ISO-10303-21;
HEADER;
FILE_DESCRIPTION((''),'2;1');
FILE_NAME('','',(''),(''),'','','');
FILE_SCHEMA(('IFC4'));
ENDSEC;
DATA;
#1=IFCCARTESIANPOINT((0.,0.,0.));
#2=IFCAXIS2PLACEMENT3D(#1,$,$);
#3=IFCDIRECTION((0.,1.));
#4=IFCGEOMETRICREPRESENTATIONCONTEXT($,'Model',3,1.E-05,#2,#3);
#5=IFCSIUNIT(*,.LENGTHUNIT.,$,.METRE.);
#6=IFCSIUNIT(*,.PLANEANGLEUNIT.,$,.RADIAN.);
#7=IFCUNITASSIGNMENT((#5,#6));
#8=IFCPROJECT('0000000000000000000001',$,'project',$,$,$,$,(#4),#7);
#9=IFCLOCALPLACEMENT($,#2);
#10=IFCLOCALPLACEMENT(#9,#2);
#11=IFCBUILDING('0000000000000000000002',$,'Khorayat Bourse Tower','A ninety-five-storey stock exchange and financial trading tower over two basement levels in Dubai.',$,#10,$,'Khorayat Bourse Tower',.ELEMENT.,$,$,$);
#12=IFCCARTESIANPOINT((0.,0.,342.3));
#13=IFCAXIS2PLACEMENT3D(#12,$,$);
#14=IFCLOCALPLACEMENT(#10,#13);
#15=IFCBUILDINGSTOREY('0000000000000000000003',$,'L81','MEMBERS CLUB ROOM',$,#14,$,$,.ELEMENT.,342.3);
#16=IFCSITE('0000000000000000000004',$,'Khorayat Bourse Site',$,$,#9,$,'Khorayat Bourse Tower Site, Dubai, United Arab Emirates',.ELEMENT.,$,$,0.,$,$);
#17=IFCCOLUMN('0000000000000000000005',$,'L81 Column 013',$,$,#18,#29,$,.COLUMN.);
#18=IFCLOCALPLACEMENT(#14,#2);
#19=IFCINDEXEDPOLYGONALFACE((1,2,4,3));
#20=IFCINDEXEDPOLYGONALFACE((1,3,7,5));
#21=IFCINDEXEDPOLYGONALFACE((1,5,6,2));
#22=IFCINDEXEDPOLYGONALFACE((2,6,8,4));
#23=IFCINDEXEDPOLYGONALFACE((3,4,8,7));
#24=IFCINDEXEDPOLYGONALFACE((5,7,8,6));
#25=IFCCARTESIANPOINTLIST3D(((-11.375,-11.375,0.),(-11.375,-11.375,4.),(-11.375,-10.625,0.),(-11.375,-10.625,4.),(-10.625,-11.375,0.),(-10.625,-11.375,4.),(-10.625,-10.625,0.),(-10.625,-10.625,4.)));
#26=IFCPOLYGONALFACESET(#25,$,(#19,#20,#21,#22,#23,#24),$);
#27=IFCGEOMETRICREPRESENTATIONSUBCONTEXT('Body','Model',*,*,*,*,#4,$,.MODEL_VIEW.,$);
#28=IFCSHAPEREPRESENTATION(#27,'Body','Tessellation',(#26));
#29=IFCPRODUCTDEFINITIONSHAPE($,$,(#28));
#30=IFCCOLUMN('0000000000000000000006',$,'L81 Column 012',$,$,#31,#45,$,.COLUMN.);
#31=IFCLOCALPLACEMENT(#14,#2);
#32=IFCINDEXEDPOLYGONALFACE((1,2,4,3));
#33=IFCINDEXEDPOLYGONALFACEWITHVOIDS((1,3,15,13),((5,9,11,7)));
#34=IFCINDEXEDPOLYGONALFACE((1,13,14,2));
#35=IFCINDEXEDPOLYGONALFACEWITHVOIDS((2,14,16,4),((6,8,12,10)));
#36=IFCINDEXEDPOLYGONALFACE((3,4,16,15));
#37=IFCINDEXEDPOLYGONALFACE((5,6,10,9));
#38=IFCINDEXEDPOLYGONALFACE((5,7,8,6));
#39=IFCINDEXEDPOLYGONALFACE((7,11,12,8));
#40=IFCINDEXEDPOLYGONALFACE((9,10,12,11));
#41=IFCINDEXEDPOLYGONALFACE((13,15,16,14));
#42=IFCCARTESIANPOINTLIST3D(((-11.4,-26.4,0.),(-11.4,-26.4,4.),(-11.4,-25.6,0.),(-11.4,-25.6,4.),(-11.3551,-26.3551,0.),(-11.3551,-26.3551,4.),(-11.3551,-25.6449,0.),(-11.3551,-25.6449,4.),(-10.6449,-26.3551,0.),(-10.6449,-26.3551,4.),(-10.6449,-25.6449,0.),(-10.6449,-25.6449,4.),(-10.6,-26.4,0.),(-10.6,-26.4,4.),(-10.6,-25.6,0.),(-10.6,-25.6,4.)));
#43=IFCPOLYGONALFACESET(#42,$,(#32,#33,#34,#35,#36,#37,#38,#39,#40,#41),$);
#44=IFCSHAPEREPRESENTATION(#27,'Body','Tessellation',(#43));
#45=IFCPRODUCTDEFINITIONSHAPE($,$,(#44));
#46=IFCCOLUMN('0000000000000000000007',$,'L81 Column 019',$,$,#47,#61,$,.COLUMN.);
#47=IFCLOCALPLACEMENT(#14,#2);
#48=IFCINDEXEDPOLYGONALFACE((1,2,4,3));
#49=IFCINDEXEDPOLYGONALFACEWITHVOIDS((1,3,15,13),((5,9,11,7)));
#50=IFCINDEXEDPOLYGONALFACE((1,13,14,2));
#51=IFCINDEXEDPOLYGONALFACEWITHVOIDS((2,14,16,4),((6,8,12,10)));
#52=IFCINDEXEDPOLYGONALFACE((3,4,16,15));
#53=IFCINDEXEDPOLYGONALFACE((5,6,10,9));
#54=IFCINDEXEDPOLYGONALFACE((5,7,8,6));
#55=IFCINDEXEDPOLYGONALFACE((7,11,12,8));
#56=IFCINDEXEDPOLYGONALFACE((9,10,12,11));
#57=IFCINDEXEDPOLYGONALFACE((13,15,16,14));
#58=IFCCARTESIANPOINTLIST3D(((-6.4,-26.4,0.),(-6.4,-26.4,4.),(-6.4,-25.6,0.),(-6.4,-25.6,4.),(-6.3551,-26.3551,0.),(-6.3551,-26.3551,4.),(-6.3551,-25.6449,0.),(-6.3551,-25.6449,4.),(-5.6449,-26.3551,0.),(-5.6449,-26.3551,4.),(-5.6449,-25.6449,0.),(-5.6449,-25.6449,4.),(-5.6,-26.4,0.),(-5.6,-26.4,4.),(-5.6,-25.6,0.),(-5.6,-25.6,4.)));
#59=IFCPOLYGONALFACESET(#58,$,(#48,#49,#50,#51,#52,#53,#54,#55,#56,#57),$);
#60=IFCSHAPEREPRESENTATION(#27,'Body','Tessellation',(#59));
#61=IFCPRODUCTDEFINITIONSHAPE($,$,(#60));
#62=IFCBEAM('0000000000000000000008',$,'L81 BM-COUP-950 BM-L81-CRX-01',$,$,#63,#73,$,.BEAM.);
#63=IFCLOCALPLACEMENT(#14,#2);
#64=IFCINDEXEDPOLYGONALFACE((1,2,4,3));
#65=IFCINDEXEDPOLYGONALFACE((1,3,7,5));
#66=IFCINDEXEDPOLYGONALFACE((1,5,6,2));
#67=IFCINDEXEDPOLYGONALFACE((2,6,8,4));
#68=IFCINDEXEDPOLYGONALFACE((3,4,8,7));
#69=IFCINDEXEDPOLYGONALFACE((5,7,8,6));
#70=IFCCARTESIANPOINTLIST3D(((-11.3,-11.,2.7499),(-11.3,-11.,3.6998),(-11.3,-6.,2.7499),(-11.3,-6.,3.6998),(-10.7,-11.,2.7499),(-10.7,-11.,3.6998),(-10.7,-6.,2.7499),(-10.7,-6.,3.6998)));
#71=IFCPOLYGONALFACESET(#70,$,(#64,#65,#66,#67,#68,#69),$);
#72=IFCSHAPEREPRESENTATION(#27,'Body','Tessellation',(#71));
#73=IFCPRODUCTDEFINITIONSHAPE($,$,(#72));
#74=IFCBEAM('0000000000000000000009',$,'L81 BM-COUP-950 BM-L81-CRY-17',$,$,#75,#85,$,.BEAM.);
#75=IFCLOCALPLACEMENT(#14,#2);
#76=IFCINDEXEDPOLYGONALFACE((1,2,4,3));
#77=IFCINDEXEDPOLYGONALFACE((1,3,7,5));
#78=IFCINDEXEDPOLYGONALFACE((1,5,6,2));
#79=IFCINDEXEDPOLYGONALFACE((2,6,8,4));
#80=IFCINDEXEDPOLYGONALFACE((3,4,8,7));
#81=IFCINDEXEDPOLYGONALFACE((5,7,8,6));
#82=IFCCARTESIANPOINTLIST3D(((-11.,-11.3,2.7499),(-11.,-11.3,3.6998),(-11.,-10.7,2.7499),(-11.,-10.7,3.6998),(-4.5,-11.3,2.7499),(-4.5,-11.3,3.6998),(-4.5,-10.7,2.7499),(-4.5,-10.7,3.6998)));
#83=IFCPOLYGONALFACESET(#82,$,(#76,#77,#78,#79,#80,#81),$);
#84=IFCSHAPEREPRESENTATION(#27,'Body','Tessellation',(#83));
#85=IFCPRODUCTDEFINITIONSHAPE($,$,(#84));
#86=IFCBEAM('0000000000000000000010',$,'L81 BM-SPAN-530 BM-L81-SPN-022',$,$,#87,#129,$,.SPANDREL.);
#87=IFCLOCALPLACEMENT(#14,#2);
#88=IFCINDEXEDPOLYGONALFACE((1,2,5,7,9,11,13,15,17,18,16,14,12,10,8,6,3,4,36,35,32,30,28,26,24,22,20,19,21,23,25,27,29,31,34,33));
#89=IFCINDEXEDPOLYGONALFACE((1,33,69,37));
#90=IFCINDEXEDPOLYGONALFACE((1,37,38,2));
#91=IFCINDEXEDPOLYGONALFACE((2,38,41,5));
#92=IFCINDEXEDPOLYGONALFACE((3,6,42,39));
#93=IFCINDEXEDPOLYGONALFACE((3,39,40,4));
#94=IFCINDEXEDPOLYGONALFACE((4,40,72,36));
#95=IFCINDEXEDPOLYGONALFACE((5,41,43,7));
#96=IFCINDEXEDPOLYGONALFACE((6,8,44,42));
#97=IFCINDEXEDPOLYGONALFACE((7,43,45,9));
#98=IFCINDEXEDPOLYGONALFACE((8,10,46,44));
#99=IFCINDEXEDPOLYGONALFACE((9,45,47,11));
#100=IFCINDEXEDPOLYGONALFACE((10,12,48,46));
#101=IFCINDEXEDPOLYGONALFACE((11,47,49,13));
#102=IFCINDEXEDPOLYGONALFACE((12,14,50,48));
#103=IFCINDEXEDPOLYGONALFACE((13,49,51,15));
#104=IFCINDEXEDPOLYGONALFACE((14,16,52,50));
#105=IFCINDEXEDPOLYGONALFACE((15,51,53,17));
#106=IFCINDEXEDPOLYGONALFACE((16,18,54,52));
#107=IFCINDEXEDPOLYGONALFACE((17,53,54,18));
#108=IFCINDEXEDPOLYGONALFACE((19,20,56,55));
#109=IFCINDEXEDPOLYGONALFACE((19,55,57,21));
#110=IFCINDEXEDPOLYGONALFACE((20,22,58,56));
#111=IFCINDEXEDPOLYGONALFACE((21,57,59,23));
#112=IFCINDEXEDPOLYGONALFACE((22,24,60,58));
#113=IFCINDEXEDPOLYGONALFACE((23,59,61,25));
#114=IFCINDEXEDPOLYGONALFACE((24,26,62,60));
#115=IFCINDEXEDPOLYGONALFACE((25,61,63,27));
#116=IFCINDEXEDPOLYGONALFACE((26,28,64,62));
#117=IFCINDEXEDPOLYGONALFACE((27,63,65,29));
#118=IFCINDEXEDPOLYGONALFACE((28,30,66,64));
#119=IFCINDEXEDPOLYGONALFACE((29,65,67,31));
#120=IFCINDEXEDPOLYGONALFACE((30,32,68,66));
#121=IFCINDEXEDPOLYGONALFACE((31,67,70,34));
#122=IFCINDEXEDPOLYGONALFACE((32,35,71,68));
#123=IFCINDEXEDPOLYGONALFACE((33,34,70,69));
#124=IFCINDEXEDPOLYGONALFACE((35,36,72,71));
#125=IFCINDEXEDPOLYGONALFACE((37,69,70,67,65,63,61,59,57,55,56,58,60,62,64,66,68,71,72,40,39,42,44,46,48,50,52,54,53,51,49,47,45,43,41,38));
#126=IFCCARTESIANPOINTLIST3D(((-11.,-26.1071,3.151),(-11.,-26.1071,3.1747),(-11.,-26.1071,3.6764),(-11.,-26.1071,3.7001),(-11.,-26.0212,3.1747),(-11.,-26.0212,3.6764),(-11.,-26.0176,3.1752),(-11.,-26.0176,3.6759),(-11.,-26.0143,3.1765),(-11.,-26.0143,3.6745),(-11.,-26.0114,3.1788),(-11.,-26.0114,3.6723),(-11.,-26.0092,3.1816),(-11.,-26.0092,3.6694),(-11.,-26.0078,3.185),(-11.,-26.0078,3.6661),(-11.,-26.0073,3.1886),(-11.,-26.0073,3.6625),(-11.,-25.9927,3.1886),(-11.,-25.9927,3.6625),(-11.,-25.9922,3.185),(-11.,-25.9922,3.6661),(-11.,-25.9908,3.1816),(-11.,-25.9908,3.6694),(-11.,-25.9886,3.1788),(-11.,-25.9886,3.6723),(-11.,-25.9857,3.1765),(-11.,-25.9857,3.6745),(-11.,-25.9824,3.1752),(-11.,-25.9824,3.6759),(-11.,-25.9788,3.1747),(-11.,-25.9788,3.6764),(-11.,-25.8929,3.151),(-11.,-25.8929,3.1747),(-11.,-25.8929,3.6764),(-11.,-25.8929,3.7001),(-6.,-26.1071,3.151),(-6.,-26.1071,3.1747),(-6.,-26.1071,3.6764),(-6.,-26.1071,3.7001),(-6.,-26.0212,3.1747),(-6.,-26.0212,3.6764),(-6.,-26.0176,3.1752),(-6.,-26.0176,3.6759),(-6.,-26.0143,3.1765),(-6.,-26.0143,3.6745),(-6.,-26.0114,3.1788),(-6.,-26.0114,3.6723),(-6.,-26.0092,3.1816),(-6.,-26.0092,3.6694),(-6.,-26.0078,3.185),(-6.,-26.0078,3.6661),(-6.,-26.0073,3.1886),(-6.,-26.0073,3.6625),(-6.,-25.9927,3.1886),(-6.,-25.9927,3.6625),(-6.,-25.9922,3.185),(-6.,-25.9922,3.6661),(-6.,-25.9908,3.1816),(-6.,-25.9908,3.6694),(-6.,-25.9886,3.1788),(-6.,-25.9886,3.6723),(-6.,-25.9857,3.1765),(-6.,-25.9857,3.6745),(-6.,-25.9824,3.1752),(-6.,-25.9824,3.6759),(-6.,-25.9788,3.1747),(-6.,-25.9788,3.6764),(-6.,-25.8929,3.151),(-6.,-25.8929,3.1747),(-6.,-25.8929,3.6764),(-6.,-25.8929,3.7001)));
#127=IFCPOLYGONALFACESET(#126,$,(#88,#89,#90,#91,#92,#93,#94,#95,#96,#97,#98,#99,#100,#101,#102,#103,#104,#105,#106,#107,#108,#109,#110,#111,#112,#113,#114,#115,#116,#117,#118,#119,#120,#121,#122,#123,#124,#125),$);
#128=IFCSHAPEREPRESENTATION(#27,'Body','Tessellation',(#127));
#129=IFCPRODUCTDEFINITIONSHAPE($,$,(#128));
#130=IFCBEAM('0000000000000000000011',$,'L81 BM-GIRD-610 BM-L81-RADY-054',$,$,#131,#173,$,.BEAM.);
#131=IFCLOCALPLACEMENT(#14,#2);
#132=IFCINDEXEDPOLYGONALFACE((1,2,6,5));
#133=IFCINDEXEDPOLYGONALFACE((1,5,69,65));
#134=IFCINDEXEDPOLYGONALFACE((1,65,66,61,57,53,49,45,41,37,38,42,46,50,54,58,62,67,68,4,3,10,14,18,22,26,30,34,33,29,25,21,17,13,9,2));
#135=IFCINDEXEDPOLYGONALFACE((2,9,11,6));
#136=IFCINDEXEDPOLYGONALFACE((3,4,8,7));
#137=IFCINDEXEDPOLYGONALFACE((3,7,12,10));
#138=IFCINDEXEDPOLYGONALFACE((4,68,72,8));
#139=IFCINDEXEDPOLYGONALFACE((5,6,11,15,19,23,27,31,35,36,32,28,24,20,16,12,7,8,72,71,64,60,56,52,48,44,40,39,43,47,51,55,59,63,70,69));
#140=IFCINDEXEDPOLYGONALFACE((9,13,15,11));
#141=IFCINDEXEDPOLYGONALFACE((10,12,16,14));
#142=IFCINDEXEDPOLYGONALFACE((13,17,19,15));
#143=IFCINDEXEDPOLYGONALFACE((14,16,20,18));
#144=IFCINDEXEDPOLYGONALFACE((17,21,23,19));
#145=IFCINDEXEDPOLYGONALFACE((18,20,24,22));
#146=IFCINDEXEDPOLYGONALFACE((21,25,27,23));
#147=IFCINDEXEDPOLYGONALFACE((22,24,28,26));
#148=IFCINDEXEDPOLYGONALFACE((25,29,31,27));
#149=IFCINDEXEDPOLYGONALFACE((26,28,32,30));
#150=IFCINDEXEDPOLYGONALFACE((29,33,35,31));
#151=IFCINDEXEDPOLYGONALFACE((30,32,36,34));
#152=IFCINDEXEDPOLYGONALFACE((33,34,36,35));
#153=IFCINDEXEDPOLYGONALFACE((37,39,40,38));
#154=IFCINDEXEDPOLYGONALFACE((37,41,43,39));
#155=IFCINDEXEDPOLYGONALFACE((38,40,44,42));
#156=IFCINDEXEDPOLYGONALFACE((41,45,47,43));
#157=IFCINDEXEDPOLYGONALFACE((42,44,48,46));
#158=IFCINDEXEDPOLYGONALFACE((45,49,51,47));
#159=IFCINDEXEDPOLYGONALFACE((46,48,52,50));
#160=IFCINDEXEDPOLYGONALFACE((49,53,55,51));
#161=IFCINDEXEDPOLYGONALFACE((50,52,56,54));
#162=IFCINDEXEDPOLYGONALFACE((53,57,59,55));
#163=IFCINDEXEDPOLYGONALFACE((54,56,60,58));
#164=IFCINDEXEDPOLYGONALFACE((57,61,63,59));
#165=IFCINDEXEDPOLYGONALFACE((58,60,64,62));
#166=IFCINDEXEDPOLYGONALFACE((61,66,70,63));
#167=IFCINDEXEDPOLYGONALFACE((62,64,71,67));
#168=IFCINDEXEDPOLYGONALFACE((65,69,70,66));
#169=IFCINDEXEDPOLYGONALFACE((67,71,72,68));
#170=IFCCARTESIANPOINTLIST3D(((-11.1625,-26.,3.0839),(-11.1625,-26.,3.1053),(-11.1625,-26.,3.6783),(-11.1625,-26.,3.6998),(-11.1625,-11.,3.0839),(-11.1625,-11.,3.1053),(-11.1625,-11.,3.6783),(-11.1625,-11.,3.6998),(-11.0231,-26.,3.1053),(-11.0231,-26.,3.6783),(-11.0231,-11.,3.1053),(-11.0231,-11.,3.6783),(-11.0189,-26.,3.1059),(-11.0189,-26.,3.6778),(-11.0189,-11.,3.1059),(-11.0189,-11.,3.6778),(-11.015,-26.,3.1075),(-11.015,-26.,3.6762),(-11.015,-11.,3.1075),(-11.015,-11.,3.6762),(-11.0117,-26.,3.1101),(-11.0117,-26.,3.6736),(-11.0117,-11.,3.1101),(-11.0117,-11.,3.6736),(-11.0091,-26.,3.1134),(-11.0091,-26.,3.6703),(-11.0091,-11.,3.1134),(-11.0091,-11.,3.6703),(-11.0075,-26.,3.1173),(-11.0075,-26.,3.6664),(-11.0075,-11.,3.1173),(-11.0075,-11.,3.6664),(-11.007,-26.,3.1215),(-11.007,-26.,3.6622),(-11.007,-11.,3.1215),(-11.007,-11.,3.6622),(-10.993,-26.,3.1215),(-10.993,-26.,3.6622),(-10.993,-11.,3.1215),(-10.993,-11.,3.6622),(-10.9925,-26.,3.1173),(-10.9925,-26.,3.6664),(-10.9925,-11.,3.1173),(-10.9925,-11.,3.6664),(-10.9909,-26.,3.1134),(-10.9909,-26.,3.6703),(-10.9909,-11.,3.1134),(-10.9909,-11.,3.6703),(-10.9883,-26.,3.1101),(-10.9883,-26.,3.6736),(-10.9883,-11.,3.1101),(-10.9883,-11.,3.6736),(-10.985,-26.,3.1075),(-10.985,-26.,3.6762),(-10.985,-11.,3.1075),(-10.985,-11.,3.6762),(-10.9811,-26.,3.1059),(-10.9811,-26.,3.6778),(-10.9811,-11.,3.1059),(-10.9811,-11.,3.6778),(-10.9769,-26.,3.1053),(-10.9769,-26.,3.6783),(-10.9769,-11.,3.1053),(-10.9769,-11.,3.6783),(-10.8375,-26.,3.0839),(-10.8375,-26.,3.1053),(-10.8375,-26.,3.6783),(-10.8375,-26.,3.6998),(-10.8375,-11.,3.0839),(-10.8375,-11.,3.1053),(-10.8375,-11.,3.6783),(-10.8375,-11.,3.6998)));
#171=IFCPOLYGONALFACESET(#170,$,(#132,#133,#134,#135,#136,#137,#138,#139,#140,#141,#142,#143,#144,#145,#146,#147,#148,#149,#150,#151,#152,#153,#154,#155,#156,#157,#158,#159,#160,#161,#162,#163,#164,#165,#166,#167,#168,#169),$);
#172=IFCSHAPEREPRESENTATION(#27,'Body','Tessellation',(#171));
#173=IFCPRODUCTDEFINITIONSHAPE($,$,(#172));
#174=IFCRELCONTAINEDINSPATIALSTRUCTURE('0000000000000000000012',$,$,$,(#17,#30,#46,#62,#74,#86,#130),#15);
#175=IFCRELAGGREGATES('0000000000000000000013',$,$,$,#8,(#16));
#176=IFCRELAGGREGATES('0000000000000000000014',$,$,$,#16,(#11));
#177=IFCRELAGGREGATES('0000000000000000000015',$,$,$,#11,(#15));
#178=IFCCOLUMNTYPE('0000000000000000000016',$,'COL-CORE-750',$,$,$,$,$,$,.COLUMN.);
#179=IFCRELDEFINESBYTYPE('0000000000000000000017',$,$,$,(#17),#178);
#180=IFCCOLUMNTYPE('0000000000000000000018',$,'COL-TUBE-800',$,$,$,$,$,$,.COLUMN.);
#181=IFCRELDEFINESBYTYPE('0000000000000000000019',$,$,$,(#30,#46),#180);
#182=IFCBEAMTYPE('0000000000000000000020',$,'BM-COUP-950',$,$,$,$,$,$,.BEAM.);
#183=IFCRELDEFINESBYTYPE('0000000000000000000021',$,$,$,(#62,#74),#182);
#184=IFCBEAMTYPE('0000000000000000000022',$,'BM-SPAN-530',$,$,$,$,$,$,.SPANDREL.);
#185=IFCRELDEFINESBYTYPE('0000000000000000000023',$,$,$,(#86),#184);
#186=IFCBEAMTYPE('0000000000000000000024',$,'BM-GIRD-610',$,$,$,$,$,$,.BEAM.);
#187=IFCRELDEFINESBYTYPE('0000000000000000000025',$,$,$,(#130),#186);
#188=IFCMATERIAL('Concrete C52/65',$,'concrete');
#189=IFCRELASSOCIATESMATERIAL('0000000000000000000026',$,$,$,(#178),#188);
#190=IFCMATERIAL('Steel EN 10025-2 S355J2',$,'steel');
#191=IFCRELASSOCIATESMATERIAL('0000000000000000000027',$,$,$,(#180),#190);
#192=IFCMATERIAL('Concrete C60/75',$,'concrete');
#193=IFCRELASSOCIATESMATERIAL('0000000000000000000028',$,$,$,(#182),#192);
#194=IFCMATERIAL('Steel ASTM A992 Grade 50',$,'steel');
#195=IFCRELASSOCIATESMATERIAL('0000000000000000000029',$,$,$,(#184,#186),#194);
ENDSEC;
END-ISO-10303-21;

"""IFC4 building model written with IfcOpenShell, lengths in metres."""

from ifc_helpers import new_model, si_unit, direction, frame, origin, origin_2d, place, context, subcontext, project, spatial, rectangle, hollow_rectangle, i_section, extrude, source, transform, mapped, material, material_profile, profile_set, type_object, element, save


model = new_model("IFC4")

# Units and contexts
model_context = context("Model", 3, precision=1e-05, world=origin(), true_north=direction((0.0, 1.0)))
body_context = subcontext(model_context, "Body", "Model", "MODEL_VIEW")
ifc_project = project(units=[si_unit("LENGTHUNIT", "METRE"), si_unit("PLANEANGLEUNIT", "RADIAN")], contexts=[model_context])

# Site, building, storey
site_placement = place(None, origin())
site = spatial("IfcSite", under=ifc_project, at=site_placement, Name="Khorayat Bourse Site", LongName="Khorayat Bourse Tower Site, Dubai, United Arab Emirates", CompositionType="ELEMENT", RefElevation=0.0)
building_placement = place(site_placement, origin())
building = spatial("IfcBuilding", under=site, at=building_placement, Name="Khorayat Bourse Tower", Description="A ninety-five-storey stock exchange and financial trading tower over two basement levels in Dubai.", LongName="Khorayat Bourse Tower", CompositionType="ELEMENT")
storey_placement = place(building_placement, frame((0.0, 0.0, 342.3)))
storey = spatial("IfcBuildingStorey", under=building, at=storey_placement, Name="L81", Description="MEMBERS CLUB ROOM", CompositionType="ELEMENT", Elevation=342.3)

# Columns
ifc_material_1 = material(Name="Concrete C52/65", Category="concrete")
ifc_material_profile_1 = material_profile(ifc_material_1, rectangle(XDim=0.75, YDim=0.75, at=origin_2d()), Name="RC 750x750")
ifc_profile_set_1 = profile_set([ifc_material_profile_1], Name="Concrete C52/65")
column_type_1 = type_object("IfcColumnType", Name="COL-CORE-750", PredefinedType="COLUMN", material=ifc_profile_set_1)
shared_shape_1 = source(origin(), body_context, "Body", "SweptSolid", [
    extrude(rectangle(XDim=0.75, YDim=0.75, at=origin_2d()), origin(), (0.0, 0.0, 1.0), 4.0),
])
column_placement = place(storey_placement, frame((-11.0, -11.0, 0.0), z_axis=(0.0, 0.0, 1.0), x_axis=(1.0, 0.0, 0.0)))
element("IfcColumn", 1, at=column_placement, inside=storey, type_object=column_type_1, Name="L81 Column 013", PredefinedType="COLUMN", context=body_context, shape_type="MappedRepresentation", body=[
    mapped(shared_shape_1, transform((0.0, 0.0, 0.0), scale=1.0)),
])
ifc_material_2 = material(Name="Steel EN 10025-2 S355J2", Category="steel")
ifc_material_profile_2 = material_profile(ifc_material_2, hollow_rectangle(XDim=0.8, YDim=0.8, WallThickness=0.0449, at=origin_2d()), Name="BOX 800x800x45")
ifc_profile_set_2 = profile_set([ifc_material_profile_2], Name="Steel EN 10025-2 S355J2")
column_type_2 = type_object("IfcColumnType", Name="COL-TUBE-800", PredefinedType="COLUMN", material=ifc_profile_set_2)
shared_shape_2 = source(origin(), body_context, "Body", "SweptSolid", [
    extrude(hollow_rectangle(XDim=0.8, YDim=0.8, WallThickness=0.0449, at=origin_2d()), origin(), (0.0, 0.0, 1.0), 4.0),
])
for number, where, z_axis, x_axis, name in (
    (2, (-11.0, -26.0, 0.0), (0.0, 0.0, 1.0), (1.0, 0.0, 0.0), "L81 Column 012"),
    (3, (-6.0, -26.0, 0.0), (0.0, 0.0, 1.0), (1.0, 0.0, 0.0), "L81 Column 019"),
):
    element("IfcColumn", number, at=place(storey_placement, frame(where, z_axis=z_axis, x_axis=x_axis)), inside=storey, type_object=column_type_2, Name=name, PredefinedType="COLUMN", context=body_context, shape_type="MappedRepresentation", body=[
        mapped(shared_shape_2, transform((0.0, 0.0, 0.0), scale=1.0)),
    ])

# Beams
ifc_material_3 = material(Name="Concrete C60/75", Category="concrete")
ifc_material_profile_3 = material_profile(ifc_material_3, rectangle(XDim=0.6001, YDim=0.95, at=origin_2d()), Name="RC 600x950")
ifc_profile_set_3 = profile_set([ifc_material_profile_3], Name="Concrete C60/75")
beam_type_1 = type_object("IfcBeamType", Name="BM-COUP-950", PredefinedType="BEAM", material=ifc_profile_set_3)
shared_shape_3 = source(origin(), body_context, "Body", "SweptSolid", [
    extrude(rectangle(XDim=0.6001, YDim=0.95, at=origin_2d()), origin(), (0.0, 0.0, 1.0), 5.0),
])
beam_1_placement = place(storey_placement, frame((-11.0, -11.0, 3.2249), z_axis=(0.0, 1.0, 0.0), x_axis=(-1.0, 0.0, 0.0)))
element("IfcBeam", 4, at=beam_1_placement, inside=storey, type_object=beam_type_1, Name="L81 BM-COUP-950 BM-L81-CRX-01", PredefinedType="BEAM", context=body_context, shape_type="MappedRepresentation", body=[
    mapped(shared_shape_3, transform((0.0, 0.0, 0.0), scale=1.0)),
])
shared_shape_4 = source(origin(), body_context, "Body", "SweptSolid", [
    extrude(rectangle(XDim=0.6001, YDim=0.95, at=origin_2d()), origin(), (0.0, 0.0, 1.0), 6.5),
])
beam_2_placement = place(storey_placement, frame((-11.0, -11.0, 3.2249), z_axis=(1.0, 0.0, 0.0), x_axis=(0.0, 1.0, 0.0)))
element("IfcBeam", 5, at=beam_2_placement, inside=storey, type_object=beam_type_1, Name="L81 BM-COUP-950 BM-L81-CRY-17", PredefinedType="BEAM", context=body_context, shape_type="MappedRepresentation", body=[
    mapped(shared_shape_4, transform((0.0, 0.0, 0.0), scale=1.0)),
])
ifc_material_4 = material(Name="Steel ASTM A992 Grade 50", Category="steel")
ifc_material_profile_4 = material_profile(ifc_material_4, i_section(OverallWidth=0.2141, OverallDepth=0.5491, WebThickness=0.0146, FlangeThickness=0.0237, FilletRadius=0.0139, at=origin_2d()), Name="W530X138")
ifc_profile_set_4 = profile_set([ifc_material_profile_4], Name="Steel ASTM A992 Grade 50")
beam_type_2 = type_object("IfcBeamType", Name="BM-SPAN-530", PredefinedType="SPANDREL", material=ifc_profile_set_4)
shared_shape_5 = source(origin(), body_context, "Body", "SweptSolid", [
    extrude(i_section(OverallWidth=0.2141, OverallDepth=0.5491, WebThickness=0.0146, FlangeThickness=0.0237, FilletRadius=0.0139, at=origin_2d()), origin(), (0.0, 0.0, 1.0), 5.0),
])
beam_3_placement = place(storey_placement, frame((-11.0, -26.0, 3.4255), z_axis=(1.0, 0.0, 0.0), x_axis=(0.0, 1.0, 0.0)))
element("IfcBeam", 6, at=beam_3_placement, inside=storey, type_object=beam_type_2, Name="L81 BM-SPAN-530 BM-L81-SPN-022", PredefinedType="SPANDREL", context=body_context, shape_type="MappedRepresentation", body=[
    mapped(shared_shape_5, transform((0.0, 0.0, 0.0), scale=1.0)),
])
ifc_material_profile_5 = material_profile(ifc_material_4, i_section(OverallWidth=0.325, OverallDepth=0.616, WebThickness=0.0139, FlangeThickness=0.0215, FilletRadius=0.0161, at=origin_2d()), Name="W610X174")
ifc_profile_set_5 = profile_set([ifc_material_profile_5], Name="Steel ASTM A992 Grade 50")
beam_type_3 = type_object("IfcBeamType", Name="BM-GIRD-610", PredefinedType="BEAM", material=ifc_profile_set_5)
shared_shape_6 = source(origin(), body_context, "Body", "SweptSolid", [
    extrude(i_section(OverallWidth=0.325, OverallDepth=0.616, WebThickness=0.0139, FlangeThickness=0.0215, FilletRadius=0.0161, at=origin_2d()), origin(), (0.0, 0.0, 1.0), 15.0),
])
for number, where, z_axis, x_axis, name in (
    (7, (-11.0, -26.0, 3.3918), (0.0, 1.0, 0.0), (-1.0, 0.0, 0.0), "L81 BM-GIRD-610 BM-L81-RADY-054"),
):
    element("IfcBeam", number, at=place(storey_placement, frame(where, z_axis=z_axis, x_axis=x_axis)), inside=storey, type_object=beam_type_3, Name=name, PredefinedType="BEAM", context=body_context, shape_type="MappedRepresentation", body=[
        mapped(shared_shape_6, transform((0.0, 0.0, 0.0), scale=1.0)),
    ])

save(model, "model.ifc")
